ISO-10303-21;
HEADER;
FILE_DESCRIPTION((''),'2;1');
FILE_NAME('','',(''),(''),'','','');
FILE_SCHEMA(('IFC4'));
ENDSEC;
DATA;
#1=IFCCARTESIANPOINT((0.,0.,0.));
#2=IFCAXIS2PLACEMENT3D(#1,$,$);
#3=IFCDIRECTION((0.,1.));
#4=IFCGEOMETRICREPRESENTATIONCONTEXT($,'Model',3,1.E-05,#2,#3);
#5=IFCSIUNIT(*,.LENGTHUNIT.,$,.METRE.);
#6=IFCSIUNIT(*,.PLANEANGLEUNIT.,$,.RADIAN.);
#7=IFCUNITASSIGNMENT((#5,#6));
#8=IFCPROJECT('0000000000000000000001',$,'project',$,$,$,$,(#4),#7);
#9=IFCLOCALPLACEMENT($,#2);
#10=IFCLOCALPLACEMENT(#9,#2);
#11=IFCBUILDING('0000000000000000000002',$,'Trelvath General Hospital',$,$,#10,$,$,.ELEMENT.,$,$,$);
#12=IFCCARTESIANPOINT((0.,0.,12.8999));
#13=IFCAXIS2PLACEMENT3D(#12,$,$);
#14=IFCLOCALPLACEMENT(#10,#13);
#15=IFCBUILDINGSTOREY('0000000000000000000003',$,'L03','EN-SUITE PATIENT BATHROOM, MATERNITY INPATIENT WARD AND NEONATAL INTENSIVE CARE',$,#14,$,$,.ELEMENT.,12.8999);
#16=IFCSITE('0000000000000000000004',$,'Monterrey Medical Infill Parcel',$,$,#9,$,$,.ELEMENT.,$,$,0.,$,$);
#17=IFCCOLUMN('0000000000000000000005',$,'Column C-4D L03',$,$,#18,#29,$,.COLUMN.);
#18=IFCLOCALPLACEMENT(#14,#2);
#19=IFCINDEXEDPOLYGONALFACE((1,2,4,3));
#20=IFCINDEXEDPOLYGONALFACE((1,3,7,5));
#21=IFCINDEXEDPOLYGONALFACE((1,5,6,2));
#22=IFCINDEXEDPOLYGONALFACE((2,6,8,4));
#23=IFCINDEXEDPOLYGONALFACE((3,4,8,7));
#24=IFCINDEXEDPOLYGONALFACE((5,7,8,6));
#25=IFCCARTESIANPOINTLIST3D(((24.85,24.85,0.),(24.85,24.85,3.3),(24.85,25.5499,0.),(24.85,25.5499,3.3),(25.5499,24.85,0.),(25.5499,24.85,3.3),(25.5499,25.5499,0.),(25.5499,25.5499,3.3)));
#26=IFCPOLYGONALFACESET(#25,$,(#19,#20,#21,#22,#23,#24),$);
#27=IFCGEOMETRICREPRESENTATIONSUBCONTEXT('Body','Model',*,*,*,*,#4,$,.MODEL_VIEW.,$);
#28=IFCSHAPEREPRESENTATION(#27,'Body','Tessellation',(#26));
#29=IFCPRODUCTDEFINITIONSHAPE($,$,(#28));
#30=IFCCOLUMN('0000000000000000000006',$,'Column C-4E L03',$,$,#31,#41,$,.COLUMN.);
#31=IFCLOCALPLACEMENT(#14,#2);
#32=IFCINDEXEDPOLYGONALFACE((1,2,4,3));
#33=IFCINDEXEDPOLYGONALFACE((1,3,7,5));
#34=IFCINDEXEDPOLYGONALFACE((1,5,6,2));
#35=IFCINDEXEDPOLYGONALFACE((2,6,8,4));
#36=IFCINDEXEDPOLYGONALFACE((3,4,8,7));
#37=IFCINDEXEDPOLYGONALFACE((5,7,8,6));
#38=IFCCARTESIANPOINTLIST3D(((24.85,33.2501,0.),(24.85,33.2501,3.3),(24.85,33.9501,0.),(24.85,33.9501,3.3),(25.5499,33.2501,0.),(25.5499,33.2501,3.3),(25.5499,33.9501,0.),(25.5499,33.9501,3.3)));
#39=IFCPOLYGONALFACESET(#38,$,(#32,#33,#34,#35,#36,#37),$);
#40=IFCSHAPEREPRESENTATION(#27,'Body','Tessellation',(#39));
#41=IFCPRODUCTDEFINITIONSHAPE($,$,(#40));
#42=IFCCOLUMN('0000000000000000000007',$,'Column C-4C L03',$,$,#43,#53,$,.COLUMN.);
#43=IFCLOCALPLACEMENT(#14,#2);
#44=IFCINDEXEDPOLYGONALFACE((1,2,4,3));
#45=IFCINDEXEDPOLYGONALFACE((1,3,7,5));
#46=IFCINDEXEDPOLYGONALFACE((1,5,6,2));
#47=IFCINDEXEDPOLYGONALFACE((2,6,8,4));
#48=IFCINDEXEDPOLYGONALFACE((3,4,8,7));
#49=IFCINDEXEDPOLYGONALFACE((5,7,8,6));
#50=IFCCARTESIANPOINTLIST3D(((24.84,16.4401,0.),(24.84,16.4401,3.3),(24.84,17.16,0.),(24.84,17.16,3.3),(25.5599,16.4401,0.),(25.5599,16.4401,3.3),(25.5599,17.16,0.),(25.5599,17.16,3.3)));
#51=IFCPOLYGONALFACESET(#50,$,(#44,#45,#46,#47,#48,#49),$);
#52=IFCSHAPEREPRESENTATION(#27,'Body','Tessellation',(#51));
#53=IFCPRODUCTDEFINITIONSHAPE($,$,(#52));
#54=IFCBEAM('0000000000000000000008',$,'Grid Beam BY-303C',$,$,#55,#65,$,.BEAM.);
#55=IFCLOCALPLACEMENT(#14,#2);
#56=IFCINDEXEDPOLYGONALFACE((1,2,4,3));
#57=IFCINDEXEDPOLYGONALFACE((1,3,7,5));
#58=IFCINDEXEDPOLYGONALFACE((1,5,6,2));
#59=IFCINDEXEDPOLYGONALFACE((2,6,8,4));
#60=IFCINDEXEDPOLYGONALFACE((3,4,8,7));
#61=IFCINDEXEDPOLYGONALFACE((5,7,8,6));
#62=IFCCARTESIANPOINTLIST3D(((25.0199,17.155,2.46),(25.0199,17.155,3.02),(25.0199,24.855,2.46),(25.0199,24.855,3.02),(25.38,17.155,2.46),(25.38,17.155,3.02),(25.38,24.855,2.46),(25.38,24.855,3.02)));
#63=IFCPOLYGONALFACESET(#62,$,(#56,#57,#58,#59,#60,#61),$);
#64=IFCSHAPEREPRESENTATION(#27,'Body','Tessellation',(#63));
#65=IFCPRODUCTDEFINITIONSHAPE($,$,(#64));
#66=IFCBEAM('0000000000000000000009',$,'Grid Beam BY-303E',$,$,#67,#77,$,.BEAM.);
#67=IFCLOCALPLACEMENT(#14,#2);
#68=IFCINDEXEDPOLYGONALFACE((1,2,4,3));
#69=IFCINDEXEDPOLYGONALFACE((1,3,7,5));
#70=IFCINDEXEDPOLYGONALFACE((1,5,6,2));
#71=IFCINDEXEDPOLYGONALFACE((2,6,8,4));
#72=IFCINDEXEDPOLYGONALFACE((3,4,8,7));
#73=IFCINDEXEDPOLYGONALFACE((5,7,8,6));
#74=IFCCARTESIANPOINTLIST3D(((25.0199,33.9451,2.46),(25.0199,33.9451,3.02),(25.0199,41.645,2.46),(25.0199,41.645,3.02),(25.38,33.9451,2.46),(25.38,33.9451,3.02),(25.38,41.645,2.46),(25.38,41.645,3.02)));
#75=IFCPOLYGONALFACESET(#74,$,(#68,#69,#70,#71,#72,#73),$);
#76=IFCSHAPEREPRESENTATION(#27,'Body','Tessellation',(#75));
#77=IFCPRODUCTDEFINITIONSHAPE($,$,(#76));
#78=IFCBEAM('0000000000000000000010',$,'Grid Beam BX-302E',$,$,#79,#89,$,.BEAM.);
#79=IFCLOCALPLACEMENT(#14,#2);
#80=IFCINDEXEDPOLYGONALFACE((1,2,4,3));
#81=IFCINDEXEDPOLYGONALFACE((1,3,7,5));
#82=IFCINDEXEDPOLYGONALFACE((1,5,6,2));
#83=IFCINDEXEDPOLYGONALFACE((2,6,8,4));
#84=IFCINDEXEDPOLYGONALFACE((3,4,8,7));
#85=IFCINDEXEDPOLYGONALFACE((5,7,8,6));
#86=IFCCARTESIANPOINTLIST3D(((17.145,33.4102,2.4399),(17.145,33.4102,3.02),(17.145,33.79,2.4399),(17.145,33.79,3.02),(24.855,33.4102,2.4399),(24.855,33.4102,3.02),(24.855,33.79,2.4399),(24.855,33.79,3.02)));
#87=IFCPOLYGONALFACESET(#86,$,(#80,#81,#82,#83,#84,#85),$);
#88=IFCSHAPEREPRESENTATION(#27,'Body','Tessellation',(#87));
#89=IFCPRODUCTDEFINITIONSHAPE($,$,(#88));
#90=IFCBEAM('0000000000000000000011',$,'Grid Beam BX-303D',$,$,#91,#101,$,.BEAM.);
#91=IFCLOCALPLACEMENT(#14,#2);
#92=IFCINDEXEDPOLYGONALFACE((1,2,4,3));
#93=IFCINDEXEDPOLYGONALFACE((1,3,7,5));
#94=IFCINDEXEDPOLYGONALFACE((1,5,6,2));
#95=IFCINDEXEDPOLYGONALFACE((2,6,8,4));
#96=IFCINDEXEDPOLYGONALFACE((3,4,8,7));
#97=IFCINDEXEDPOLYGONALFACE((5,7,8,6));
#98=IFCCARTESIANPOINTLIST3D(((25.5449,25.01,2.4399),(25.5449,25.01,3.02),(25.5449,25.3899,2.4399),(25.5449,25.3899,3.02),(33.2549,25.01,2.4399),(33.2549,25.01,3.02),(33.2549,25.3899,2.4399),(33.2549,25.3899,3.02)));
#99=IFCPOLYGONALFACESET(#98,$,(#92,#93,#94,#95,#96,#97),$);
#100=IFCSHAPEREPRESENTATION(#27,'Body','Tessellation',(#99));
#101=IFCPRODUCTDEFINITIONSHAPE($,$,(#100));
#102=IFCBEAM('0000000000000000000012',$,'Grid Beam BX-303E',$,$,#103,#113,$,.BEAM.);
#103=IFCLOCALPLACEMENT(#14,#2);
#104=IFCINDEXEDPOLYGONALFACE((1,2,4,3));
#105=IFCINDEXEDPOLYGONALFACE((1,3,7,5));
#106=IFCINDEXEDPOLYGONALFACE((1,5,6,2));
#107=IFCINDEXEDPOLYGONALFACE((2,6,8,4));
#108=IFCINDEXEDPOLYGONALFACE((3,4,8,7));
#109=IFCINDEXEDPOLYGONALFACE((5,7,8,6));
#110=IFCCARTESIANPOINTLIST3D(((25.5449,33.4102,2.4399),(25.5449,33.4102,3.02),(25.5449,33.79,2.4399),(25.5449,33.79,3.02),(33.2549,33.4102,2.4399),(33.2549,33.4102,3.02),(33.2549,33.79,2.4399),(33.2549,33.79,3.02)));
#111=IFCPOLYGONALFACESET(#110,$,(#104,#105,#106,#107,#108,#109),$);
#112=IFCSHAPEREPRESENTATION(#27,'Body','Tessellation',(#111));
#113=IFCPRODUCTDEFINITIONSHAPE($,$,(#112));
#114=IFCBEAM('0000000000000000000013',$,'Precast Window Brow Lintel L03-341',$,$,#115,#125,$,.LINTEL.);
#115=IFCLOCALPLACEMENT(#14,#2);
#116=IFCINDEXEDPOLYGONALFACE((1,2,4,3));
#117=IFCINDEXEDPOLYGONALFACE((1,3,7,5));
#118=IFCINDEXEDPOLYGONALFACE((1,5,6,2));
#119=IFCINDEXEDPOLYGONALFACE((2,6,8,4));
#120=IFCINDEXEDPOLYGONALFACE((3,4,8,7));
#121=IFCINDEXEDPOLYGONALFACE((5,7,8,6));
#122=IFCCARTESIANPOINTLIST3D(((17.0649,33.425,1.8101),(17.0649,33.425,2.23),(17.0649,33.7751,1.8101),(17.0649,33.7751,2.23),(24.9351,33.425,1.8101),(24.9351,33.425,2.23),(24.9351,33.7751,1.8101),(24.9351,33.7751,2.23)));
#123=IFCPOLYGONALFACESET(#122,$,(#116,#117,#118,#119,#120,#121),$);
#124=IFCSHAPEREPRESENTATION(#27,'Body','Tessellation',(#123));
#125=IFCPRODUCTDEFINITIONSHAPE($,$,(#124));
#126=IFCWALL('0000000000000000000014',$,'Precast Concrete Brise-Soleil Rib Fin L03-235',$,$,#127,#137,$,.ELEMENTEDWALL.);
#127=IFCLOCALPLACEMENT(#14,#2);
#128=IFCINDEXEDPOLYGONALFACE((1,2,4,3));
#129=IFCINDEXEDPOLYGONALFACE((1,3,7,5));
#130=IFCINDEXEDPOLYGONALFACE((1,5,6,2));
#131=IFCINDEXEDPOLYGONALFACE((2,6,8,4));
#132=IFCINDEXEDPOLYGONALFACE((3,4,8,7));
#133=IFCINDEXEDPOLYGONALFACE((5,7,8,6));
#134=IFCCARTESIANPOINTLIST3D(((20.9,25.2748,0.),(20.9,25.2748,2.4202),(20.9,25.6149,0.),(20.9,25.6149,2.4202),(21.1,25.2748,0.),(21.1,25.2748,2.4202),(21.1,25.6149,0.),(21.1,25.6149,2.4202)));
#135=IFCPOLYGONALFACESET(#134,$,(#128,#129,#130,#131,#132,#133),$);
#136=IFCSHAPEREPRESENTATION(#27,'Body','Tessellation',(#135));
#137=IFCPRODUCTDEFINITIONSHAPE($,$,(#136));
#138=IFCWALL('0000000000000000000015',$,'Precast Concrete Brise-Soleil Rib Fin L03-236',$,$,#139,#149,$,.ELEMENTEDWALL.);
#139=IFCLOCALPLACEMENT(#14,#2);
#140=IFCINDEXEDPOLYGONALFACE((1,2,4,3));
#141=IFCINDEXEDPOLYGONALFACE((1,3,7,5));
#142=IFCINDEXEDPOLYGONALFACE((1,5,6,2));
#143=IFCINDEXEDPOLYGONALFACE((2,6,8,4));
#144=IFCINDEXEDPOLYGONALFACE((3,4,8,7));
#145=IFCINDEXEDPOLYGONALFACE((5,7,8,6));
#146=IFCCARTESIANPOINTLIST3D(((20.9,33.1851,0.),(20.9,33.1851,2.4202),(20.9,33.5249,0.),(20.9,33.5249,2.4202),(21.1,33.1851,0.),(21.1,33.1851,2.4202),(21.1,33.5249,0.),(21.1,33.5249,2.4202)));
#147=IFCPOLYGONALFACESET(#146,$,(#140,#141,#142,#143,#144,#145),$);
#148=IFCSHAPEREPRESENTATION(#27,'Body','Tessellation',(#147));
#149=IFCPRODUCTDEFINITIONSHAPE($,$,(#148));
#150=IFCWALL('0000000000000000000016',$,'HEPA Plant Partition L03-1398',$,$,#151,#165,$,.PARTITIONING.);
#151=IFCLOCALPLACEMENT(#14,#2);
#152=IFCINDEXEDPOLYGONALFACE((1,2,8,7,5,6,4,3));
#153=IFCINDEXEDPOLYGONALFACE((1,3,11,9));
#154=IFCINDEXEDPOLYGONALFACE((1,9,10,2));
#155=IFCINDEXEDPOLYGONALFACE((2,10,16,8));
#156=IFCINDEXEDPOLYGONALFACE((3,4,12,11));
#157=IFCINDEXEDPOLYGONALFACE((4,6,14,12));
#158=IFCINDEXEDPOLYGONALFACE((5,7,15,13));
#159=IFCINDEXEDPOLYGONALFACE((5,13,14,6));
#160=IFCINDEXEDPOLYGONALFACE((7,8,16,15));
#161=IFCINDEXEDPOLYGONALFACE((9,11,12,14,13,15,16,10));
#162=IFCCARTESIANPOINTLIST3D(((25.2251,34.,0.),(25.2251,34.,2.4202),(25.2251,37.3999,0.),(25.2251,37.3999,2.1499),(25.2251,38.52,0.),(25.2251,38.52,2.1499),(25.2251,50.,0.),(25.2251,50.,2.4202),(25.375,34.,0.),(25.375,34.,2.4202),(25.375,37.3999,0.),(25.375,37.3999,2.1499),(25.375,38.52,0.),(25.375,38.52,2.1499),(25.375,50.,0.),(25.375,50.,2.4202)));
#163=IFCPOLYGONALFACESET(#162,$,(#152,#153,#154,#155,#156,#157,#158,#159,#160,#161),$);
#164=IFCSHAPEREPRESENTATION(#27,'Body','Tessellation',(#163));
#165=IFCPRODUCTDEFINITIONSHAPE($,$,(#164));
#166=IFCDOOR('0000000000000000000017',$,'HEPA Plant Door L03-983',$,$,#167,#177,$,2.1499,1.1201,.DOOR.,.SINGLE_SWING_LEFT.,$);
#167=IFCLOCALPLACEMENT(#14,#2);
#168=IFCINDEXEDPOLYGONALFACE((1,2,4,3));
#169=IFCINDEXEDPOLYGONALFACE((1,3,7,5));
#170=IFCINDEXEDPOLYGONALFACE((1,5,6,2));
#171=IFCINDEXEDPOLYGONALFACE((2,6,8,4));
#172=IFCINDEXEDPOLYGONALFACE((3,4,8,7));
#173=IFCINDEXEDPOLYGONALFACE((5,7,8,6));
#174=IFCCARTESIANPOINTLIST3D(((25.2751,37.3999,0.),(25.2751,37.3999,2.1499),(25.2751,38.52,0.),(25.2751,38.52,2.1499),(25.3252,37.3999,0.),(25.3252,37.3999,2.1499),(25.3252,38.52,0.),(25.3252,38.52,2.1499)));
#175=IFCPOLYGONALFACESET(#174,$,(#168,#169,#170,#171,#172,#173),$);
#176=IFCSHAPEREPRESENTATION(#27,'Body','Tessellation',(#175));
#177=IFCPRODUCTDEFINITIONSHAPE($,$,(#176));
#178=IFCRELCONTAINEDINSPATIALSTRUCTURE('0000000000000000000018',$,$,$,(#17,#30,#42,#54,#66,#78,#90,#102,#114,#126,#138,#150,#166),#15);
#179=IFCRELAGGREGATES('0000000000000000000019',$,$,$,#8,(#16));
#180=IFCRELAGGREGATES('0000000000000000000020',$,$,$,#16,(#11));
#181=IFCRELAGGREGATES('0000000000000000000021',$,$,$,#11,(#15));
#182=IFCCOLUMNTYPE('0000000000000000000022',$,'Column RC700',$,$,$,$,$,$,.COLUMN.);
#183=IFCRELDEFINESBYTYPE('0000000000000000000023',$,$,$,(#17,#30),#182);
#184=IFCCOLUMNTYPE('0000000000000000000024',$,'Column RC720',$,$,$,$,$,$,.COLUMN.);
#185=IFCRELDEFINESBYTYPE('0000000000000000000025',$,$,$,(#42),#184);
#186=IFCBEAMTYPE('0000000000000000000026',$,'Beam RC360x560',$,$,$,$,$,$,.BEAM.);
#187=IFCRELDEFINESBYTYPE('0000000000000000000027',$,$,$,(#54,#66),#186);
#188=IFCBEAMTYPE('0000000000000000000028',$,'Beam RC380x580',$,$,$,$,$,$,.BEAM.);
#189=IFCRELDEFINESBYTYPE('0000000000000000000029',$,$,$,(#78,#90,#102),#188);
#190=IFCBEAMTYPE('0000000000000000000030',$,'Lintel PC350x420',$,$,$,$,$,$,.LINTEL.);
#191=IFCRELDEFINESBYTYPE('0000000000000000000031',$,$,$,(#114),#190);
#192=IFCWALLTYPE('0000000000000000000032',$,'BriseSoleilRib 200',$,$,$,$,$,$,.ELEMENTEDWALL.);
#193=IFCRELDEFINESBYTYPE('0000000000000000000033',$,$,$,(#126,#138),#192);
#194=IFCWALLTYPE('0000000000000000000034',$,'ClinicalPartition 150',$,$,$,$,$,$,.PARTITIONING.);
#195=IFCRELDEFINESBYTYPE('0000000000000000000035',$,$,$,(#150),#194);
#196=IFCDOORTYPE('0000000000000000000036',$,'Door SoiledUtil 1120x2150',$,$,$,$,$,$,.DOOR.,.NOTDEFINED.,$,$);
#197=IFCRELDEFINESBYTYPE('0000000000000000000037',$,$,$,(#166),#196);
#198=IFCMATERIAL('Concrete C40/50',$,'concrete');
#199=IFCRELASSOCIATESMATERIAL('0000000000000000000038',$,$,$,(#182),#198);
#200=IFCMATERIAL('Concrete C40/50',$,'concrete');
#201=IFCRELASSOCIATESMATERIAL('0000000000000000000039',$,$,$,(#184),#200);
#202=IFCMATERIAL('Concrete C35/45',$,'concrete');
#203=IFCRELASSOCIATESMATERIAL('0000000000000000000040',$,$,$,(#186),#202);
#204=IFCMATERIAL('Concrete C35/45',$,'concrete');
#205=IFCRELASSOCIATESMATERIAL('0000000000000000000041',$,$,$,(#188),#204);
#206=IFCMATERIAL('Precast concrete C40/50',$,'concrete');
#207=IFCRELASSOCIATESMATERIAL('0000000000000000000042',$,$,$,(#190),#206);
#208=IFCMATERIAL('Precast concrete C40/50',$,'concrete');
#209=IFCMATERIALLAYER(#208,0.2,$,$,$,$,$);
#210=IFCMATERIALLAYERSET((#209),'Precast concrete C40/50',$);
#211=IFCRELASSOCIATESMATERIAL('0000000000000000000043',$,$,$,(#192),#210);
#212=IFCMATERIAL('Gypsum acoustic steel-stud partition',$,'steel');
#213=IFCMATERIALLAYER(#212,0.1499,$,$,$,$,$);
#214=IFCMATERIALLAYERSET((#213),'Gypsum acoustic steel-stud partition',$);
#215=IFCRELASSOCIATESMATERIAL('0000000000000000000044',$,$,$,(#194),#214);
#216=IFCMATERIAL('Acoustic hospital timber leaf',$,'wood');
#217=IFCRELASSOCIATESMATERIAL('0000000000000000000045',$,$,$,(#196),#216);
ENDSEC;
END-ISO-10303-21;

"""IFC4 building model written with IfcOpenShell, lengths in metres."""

from ifc_helpers import new_model, si_unit, direction, frame, frame_2d, origin, origin_2d, place, context, subcontext, project, spatial, rectangle, extrude, material, layer, layer_set, material_profile, profile_set, type_object, element, fill, save


model = new_model("IFC4")

# Units and contexts
model_context = context("Model", 3, precision=1e-05, world=origin(), true_north=direction((0.0, 1.0)))
body_context = subcontext(model_context, "Body", "Model", "MODEL_VIEW")
ifc_project = project(units=[si_unit("LENGTHUNIT", "METRE"), si_unit("PLANEANGLEUNIT", "RADIAN")], contexts=[model_context])

# Site, building, storey
site_placement = place(None, origin())
site = spatial("IfcSite", under=ifc_project, at=site_placement, Name="Monterrey Medical Infill Parcel", CompositionType="ELEMENT", RefElevation=0.0)
building_placement = place(site_placement, origin())
building = spatial("IfcBuilding", under=site, at=building_placement, Name="Trelvath General Hospital", CompositionType="ELEMENT")
storey_placement = place(building_placement, frame((0.0, 0.0, 12.8999)))
storey = spatial("IfcBuildingStorey", under=building, at=storey_placement, Name="L03", Description="EN-SUITE PATIENT BATHROOM, MATERNITY INPATIENT WARD AND NEONATAL INTENSIVE CARE", CompositionType="ELEMENT", Elevation=12.8999)

# Columns
ifc_material_1 = material(Name="Concrete C40/50", Category="concrete")
ifc_material_profile_1 = material_profile(ifc_material_1, rectangle(XDim=0.7, YDim=0.7, at=origin_2d()), Name="RC700x700")
ifc_profile_set_1 = profile_set([ifc_material_profile_1], Name="Concrete C40/50")
column_type_1 = type_object("IfcColumnType", Name="Column RC700", PredefinedType="COLUMN", material=ifc_profile_set_1)
for number, where, z_axis, x_axis, name in (
    (1, (25.2, 25.2, 0.0), (0.0, 0.0, 1.0), (1.0, 0.0, 0.0), "Column C-4D L03"),
    (2, (25.2, 33.6001, 0.0), (0.0, 0.0, 1.0), (1.0, 0.0, 0.0), "Column C-4E L03"),
):
    element("IfcColumn", number, at=place(storey_placement, frame(where, z_axis=z_axis, x_axis=x_axis)), inside=storey, type_object=column_type_1, Name=name, PredefinedType="COLUMN", context=body_context, shape_type="SweptSolid", body=[
        extrude(rectangle(XDim=0.7, YDim=0.7, at=origin_2d()), origin(), (0.0, 0.0, 1.0), 3.3),
    ])
ifc_material_2 = material(Name="Concrete C40/50", Category="concrete")
ifc_material_profile_2 = material_profile(ifc_material_2, rectangle(XDim=0.72, YDim=0.72, at=origin_2d()), Name="RC720x720")
ifc_profile_set_2 = profile_set([ifc_material_profile_2], Name="Concrete C40/50")
column_type_2 = type_object("IfcColumnType", Name="Column RC720", PredefinedType="COLUMN", material=ifc_profile_set_2)
column_placement = place(storey_placement, frame((25.2, 16.8, 0.0), z_axis=(0.0, 0.0, 1.0), x_axis=(1.0, 0.0, 0.0)))
element("IfcColumn", 3, at=column_placement, inside=storey, type_object=column_type_2, Name="Column C-4C L03", PredefinedType="COLUMN", context=body_context, shape_type="SweptSolid", body=[
    extrude(rectangle(XDim=0.72, YDim=0.72, at=origin_2d()), origin(), (0.0, 0.0, 1.0), 3.3),
])

# Beams
ifc_material_3 = material(Name="Concrete C35/45", Category="concrete")
ifc_material_profile_3 = material_profile(ifc_material_3, rectangle(XDim=0.3601, YDim=0.5601, at=origin_2d()), Name="RCB360x560")
ifc_profile_set_3 = profile_set([ifc_material_profile_3], Name="Concrete C35/45")
beam_type_1 = type_object("IfcBeamType", Name="Beam RC360x560", PredefinedType="BEAM", material=ifc_profile_set_3)
for number, where, z_axis, x_axis, name in (
    (4, (25.2, 17.155, 2.74), (0.0, 1.0, 0.0), (-1.0, 0.0, 0.0), "Grid Beam BY-303C"),
    (5, (25.2, 33.9451, 2.74), (0.0, 1.0, 0.0), (-1.0, 0.0, 0.0), "Grid Beam BY-303E"),
):
    element("IfcBeam", number, at=place(storey_placement, frame(where, z_axis=z_axis, x_axis=x_axis)), inside=storey, type_object=beam_type_1, Name=name, PredefinedType="BEAM", context=body_context, shape_type="SweptSolid", body=[
        extrude(rectangle(XDim=0.3601, YDim=0.5601, at=origin_2d()), origin(), (0.0, 0.0, 1.0), 7.7),
    ])
ifc_material_4 = material(Name="Concrete C35/45", Category="concrete")
ifc_material_profile_4 = material_profile(ifc_material_4, rectangle(XDim=0.3799, YDim=0.5801, at=origin_2d()), Name="RCB380x580")
ifc_profile_set_4 = profile_set([ifc_material_profile_4], Name="Concrete C35/45")
beam_type_2 = type_object("IfcBeamType", Name="Beam RC380x580", PredefinedType="BEAM", material=ifc_profile_set_4)
for number, where, z_axis, x_axis, name in (
    (6, (17.145, 33.6001, 2.73), (1.0, 0.0, 0.0), (0.0, 1.0, 0.0), "Grid Beam BX-302E"),
    (7, (25.5449, 25.2, 2.73), (1.0, 0.0, 0.0), (0.0, 1.0, 0.0), "Grid Beam BX-303D"),
    (8, (25.5449, 33.6001, 2.73), (1.0, 0.0, 0.0), (0.0, 1.0, 0.0), "Grid Beam BX-303E"),
):
    element("IfcBeam", number, at=place(storey_placement, frame(where, z_axis=z_axis, x_axis=x_axis)), inside=storey, type_object=beam_type_2, Name=name, PredefinedType="BEAM", context=body_context, shape_type="SweptSolid", body=[
        extrude(rectangle(XDim=0.3799, YDim=0.5801, at=origin_2d()), origin(), (0.0, 0.0, 1.0), 7.71),
    ])
ifc_material_5 = material(Name="Precast concrete C40/50", Category="concrete")
ifc_material_profile_5 = material_profile(ifc_material_5, rectangle(XDim=0.3501, YDim=0.4199, at=origin_2d()), Name="PCL350x420")
ifc_profile_set_5 = profile_set([ifc_material_profile_5], Name="Precast concrete C40/50")
beam_type_3 = type_object("IfcBeamType", Name="Lintel PC350x420", PredefinedType="LINTEL", material=ifc_profile_set_5)
beam_placement = place(storey_placement, frame((24.9351, 33.6001, 2.02), z_axis=(-1.0, 0.0, 0.0), x_axis=(0.0, -1.0, 0.0)))
element("IfcBeam", 9, at=beam_placement, inside=storey, type_object=beam_type_3, Name="Precast Window Brow Lintel L03-341", PredefinedType="LINTEL", context=body_context, shape_type="SweptSolid", body=[
    extrude(rectangle(XDim=0.3501, YDim=0.4199, at=origin_2d()), origin(), (0.0, 0.0, 1.0), 7.8701),
])

# Walls
ifc_material_6 = material(Name="Precast concrete C40/50", Category="concrete")
ifc_layer_1 = layer(ifc_material_6, 0.2)
ifc_layer_set_1 = layer_set([ifc_layer_1], Name="Precast concrete C40/50")
wall_type_1 = type_object("IfcWallType", Name="BriseSoleilRib 200", PredefinedType="ELEMENTEDWALL", material=ifc_layer_set_1)
wall_1_placement = place(storey_placement, frame((21.0, 25.2749, 0.0), z_axis=(0.0, 0.0, 1.0), x_axis=(0.0, 1.0, 0.0)))
element("IfcWall", 10, at=wall_1_placement, inside=storey, type_object=wall_type_1, Name="Precast Concrete Brise-Soleil Rib Fin L03-235", PredefinedType="ELEMENTEDWALL", context=body_context, shape_type="SweptSolid", body=[
    extrude(rectangle(XDim=0.3401, YDim=0.2, at=frame_2d((0.1699, 0.0))), origin(), (0.0, 0.0, 1.0), 2.4202),
])
wall_2_placement = place(storey_placement, frame((21.0, 33.5249, 0.0), z_axis=(0.0, 0.0, 1.0), x_axis=(0.0, -1.0, 0.0)))
element("IfcWall", 11, at=wall_2_placement, inside=storey, type_object=wall_type_1, Name="Precast Concrete Brise-Soleil Rib Fin L03-236", PredefinedType="ELEMENTEDWALL", context=body_context, shape_type="SweptSolid", body=[
    extrude(rectangle(XDim=0.3398, YDim=0.2, at=frame_2d((0.1699, 0.0))), origin(), (0.0, 0.0, 1.0), 2.4202),
])

# Wall, opening, door
ifc_material_7 = material(Name="Gypsum acoustic steel-stud partition", Category="steel")
ifc_layer_2 = layer(ifc_material_7, 0.1499)
ifc_layer_set_2 = layer_set([ifc_layer_2], Name="Gypsum acoustic steel-stud partition")
wall_type_2 = type_object("IfcWallType", Name="ClinicalPartition 150", PredefinedType="PARTITIONING", material=ifc_layer_set_2)
wall_3_placement = place(storey_placement, frame((25.3, 34.0, 0.0), z_axis=(0.0, 0.0, 1.0), x_axis=(0.0, 1.0, 0.0)))
wall_3 = element("IfcWall", 12, at=wall_3_placement, inside=storey, type_object=wall_type_2, Name="HEPA Plant Partition L03-1398", PredefinedType="PARTITIONING", context=body_context, shape_type="SweptSolid", body=[
    extrude(rectangle(XDim=16.0, YDim=0.1499, at=frame_2d((8.0, 0.0))), origin(), (0.0, 0.0, 1.0), 2.4202),
])
opening_1_placement = place(wall_3_placement, frame((3.3999, 0.0, 0.0)))
opening_1 = element("IfcOpeningElement", 13, at=opening_1_placement, cuts=wall_3, PredefinedType="OPENING", context=body_context, shape_type="SweptSolid", body=[
    extrude(rectangle(XDim=1.1201, YDim=2.1499, at=frame_2d((0.5601, 1.075))), frame((0.0, 0.085, 0.0), z_axis=(0.0, -1.0, 0.0), x_axis=(1.0, 0.0, 0.0)), (0.0, 0.0, 1.0), 0.1699),
])
ifc_material_8 = material(Name="Acoustic hospital timber leaf", Category="wood")
door_type_1 = type_object("IfcDoorType", Name="Door SoiledUtil 1120x2150", OperationType="NOTDEFINED", PredefinedType="DOOR", material=ifc_material_8)
door_1_placement = place(opening_1_placement, origin())
door_1 = element("IfcDoor", 14, at=door_1_placement, inside=storey, type_object=door_type_1, Name="HEPA Plant Door L03-983", OperationType="SINGLE_SWING_LEFT", OverallHeight=2.1499, OverallWidth=1.1201, PredefinedType="DOOR", context=body_context, shape_type="SweptSolid", body=[
    extrude(rectangle(XDim=1.1201, YDim=2.1499, at=frame_2d((0.5601, 1.075))), frame((0.0, 0.0249, 0.0), z_axis=(0.0, -1.0, 0.0), x_axis=(1.0, 0.0, 0.0)), (0.0, 0.0, 1.0), 0.05),
])
fill(opening_1, door_1)

save(model, "model.ifc")
